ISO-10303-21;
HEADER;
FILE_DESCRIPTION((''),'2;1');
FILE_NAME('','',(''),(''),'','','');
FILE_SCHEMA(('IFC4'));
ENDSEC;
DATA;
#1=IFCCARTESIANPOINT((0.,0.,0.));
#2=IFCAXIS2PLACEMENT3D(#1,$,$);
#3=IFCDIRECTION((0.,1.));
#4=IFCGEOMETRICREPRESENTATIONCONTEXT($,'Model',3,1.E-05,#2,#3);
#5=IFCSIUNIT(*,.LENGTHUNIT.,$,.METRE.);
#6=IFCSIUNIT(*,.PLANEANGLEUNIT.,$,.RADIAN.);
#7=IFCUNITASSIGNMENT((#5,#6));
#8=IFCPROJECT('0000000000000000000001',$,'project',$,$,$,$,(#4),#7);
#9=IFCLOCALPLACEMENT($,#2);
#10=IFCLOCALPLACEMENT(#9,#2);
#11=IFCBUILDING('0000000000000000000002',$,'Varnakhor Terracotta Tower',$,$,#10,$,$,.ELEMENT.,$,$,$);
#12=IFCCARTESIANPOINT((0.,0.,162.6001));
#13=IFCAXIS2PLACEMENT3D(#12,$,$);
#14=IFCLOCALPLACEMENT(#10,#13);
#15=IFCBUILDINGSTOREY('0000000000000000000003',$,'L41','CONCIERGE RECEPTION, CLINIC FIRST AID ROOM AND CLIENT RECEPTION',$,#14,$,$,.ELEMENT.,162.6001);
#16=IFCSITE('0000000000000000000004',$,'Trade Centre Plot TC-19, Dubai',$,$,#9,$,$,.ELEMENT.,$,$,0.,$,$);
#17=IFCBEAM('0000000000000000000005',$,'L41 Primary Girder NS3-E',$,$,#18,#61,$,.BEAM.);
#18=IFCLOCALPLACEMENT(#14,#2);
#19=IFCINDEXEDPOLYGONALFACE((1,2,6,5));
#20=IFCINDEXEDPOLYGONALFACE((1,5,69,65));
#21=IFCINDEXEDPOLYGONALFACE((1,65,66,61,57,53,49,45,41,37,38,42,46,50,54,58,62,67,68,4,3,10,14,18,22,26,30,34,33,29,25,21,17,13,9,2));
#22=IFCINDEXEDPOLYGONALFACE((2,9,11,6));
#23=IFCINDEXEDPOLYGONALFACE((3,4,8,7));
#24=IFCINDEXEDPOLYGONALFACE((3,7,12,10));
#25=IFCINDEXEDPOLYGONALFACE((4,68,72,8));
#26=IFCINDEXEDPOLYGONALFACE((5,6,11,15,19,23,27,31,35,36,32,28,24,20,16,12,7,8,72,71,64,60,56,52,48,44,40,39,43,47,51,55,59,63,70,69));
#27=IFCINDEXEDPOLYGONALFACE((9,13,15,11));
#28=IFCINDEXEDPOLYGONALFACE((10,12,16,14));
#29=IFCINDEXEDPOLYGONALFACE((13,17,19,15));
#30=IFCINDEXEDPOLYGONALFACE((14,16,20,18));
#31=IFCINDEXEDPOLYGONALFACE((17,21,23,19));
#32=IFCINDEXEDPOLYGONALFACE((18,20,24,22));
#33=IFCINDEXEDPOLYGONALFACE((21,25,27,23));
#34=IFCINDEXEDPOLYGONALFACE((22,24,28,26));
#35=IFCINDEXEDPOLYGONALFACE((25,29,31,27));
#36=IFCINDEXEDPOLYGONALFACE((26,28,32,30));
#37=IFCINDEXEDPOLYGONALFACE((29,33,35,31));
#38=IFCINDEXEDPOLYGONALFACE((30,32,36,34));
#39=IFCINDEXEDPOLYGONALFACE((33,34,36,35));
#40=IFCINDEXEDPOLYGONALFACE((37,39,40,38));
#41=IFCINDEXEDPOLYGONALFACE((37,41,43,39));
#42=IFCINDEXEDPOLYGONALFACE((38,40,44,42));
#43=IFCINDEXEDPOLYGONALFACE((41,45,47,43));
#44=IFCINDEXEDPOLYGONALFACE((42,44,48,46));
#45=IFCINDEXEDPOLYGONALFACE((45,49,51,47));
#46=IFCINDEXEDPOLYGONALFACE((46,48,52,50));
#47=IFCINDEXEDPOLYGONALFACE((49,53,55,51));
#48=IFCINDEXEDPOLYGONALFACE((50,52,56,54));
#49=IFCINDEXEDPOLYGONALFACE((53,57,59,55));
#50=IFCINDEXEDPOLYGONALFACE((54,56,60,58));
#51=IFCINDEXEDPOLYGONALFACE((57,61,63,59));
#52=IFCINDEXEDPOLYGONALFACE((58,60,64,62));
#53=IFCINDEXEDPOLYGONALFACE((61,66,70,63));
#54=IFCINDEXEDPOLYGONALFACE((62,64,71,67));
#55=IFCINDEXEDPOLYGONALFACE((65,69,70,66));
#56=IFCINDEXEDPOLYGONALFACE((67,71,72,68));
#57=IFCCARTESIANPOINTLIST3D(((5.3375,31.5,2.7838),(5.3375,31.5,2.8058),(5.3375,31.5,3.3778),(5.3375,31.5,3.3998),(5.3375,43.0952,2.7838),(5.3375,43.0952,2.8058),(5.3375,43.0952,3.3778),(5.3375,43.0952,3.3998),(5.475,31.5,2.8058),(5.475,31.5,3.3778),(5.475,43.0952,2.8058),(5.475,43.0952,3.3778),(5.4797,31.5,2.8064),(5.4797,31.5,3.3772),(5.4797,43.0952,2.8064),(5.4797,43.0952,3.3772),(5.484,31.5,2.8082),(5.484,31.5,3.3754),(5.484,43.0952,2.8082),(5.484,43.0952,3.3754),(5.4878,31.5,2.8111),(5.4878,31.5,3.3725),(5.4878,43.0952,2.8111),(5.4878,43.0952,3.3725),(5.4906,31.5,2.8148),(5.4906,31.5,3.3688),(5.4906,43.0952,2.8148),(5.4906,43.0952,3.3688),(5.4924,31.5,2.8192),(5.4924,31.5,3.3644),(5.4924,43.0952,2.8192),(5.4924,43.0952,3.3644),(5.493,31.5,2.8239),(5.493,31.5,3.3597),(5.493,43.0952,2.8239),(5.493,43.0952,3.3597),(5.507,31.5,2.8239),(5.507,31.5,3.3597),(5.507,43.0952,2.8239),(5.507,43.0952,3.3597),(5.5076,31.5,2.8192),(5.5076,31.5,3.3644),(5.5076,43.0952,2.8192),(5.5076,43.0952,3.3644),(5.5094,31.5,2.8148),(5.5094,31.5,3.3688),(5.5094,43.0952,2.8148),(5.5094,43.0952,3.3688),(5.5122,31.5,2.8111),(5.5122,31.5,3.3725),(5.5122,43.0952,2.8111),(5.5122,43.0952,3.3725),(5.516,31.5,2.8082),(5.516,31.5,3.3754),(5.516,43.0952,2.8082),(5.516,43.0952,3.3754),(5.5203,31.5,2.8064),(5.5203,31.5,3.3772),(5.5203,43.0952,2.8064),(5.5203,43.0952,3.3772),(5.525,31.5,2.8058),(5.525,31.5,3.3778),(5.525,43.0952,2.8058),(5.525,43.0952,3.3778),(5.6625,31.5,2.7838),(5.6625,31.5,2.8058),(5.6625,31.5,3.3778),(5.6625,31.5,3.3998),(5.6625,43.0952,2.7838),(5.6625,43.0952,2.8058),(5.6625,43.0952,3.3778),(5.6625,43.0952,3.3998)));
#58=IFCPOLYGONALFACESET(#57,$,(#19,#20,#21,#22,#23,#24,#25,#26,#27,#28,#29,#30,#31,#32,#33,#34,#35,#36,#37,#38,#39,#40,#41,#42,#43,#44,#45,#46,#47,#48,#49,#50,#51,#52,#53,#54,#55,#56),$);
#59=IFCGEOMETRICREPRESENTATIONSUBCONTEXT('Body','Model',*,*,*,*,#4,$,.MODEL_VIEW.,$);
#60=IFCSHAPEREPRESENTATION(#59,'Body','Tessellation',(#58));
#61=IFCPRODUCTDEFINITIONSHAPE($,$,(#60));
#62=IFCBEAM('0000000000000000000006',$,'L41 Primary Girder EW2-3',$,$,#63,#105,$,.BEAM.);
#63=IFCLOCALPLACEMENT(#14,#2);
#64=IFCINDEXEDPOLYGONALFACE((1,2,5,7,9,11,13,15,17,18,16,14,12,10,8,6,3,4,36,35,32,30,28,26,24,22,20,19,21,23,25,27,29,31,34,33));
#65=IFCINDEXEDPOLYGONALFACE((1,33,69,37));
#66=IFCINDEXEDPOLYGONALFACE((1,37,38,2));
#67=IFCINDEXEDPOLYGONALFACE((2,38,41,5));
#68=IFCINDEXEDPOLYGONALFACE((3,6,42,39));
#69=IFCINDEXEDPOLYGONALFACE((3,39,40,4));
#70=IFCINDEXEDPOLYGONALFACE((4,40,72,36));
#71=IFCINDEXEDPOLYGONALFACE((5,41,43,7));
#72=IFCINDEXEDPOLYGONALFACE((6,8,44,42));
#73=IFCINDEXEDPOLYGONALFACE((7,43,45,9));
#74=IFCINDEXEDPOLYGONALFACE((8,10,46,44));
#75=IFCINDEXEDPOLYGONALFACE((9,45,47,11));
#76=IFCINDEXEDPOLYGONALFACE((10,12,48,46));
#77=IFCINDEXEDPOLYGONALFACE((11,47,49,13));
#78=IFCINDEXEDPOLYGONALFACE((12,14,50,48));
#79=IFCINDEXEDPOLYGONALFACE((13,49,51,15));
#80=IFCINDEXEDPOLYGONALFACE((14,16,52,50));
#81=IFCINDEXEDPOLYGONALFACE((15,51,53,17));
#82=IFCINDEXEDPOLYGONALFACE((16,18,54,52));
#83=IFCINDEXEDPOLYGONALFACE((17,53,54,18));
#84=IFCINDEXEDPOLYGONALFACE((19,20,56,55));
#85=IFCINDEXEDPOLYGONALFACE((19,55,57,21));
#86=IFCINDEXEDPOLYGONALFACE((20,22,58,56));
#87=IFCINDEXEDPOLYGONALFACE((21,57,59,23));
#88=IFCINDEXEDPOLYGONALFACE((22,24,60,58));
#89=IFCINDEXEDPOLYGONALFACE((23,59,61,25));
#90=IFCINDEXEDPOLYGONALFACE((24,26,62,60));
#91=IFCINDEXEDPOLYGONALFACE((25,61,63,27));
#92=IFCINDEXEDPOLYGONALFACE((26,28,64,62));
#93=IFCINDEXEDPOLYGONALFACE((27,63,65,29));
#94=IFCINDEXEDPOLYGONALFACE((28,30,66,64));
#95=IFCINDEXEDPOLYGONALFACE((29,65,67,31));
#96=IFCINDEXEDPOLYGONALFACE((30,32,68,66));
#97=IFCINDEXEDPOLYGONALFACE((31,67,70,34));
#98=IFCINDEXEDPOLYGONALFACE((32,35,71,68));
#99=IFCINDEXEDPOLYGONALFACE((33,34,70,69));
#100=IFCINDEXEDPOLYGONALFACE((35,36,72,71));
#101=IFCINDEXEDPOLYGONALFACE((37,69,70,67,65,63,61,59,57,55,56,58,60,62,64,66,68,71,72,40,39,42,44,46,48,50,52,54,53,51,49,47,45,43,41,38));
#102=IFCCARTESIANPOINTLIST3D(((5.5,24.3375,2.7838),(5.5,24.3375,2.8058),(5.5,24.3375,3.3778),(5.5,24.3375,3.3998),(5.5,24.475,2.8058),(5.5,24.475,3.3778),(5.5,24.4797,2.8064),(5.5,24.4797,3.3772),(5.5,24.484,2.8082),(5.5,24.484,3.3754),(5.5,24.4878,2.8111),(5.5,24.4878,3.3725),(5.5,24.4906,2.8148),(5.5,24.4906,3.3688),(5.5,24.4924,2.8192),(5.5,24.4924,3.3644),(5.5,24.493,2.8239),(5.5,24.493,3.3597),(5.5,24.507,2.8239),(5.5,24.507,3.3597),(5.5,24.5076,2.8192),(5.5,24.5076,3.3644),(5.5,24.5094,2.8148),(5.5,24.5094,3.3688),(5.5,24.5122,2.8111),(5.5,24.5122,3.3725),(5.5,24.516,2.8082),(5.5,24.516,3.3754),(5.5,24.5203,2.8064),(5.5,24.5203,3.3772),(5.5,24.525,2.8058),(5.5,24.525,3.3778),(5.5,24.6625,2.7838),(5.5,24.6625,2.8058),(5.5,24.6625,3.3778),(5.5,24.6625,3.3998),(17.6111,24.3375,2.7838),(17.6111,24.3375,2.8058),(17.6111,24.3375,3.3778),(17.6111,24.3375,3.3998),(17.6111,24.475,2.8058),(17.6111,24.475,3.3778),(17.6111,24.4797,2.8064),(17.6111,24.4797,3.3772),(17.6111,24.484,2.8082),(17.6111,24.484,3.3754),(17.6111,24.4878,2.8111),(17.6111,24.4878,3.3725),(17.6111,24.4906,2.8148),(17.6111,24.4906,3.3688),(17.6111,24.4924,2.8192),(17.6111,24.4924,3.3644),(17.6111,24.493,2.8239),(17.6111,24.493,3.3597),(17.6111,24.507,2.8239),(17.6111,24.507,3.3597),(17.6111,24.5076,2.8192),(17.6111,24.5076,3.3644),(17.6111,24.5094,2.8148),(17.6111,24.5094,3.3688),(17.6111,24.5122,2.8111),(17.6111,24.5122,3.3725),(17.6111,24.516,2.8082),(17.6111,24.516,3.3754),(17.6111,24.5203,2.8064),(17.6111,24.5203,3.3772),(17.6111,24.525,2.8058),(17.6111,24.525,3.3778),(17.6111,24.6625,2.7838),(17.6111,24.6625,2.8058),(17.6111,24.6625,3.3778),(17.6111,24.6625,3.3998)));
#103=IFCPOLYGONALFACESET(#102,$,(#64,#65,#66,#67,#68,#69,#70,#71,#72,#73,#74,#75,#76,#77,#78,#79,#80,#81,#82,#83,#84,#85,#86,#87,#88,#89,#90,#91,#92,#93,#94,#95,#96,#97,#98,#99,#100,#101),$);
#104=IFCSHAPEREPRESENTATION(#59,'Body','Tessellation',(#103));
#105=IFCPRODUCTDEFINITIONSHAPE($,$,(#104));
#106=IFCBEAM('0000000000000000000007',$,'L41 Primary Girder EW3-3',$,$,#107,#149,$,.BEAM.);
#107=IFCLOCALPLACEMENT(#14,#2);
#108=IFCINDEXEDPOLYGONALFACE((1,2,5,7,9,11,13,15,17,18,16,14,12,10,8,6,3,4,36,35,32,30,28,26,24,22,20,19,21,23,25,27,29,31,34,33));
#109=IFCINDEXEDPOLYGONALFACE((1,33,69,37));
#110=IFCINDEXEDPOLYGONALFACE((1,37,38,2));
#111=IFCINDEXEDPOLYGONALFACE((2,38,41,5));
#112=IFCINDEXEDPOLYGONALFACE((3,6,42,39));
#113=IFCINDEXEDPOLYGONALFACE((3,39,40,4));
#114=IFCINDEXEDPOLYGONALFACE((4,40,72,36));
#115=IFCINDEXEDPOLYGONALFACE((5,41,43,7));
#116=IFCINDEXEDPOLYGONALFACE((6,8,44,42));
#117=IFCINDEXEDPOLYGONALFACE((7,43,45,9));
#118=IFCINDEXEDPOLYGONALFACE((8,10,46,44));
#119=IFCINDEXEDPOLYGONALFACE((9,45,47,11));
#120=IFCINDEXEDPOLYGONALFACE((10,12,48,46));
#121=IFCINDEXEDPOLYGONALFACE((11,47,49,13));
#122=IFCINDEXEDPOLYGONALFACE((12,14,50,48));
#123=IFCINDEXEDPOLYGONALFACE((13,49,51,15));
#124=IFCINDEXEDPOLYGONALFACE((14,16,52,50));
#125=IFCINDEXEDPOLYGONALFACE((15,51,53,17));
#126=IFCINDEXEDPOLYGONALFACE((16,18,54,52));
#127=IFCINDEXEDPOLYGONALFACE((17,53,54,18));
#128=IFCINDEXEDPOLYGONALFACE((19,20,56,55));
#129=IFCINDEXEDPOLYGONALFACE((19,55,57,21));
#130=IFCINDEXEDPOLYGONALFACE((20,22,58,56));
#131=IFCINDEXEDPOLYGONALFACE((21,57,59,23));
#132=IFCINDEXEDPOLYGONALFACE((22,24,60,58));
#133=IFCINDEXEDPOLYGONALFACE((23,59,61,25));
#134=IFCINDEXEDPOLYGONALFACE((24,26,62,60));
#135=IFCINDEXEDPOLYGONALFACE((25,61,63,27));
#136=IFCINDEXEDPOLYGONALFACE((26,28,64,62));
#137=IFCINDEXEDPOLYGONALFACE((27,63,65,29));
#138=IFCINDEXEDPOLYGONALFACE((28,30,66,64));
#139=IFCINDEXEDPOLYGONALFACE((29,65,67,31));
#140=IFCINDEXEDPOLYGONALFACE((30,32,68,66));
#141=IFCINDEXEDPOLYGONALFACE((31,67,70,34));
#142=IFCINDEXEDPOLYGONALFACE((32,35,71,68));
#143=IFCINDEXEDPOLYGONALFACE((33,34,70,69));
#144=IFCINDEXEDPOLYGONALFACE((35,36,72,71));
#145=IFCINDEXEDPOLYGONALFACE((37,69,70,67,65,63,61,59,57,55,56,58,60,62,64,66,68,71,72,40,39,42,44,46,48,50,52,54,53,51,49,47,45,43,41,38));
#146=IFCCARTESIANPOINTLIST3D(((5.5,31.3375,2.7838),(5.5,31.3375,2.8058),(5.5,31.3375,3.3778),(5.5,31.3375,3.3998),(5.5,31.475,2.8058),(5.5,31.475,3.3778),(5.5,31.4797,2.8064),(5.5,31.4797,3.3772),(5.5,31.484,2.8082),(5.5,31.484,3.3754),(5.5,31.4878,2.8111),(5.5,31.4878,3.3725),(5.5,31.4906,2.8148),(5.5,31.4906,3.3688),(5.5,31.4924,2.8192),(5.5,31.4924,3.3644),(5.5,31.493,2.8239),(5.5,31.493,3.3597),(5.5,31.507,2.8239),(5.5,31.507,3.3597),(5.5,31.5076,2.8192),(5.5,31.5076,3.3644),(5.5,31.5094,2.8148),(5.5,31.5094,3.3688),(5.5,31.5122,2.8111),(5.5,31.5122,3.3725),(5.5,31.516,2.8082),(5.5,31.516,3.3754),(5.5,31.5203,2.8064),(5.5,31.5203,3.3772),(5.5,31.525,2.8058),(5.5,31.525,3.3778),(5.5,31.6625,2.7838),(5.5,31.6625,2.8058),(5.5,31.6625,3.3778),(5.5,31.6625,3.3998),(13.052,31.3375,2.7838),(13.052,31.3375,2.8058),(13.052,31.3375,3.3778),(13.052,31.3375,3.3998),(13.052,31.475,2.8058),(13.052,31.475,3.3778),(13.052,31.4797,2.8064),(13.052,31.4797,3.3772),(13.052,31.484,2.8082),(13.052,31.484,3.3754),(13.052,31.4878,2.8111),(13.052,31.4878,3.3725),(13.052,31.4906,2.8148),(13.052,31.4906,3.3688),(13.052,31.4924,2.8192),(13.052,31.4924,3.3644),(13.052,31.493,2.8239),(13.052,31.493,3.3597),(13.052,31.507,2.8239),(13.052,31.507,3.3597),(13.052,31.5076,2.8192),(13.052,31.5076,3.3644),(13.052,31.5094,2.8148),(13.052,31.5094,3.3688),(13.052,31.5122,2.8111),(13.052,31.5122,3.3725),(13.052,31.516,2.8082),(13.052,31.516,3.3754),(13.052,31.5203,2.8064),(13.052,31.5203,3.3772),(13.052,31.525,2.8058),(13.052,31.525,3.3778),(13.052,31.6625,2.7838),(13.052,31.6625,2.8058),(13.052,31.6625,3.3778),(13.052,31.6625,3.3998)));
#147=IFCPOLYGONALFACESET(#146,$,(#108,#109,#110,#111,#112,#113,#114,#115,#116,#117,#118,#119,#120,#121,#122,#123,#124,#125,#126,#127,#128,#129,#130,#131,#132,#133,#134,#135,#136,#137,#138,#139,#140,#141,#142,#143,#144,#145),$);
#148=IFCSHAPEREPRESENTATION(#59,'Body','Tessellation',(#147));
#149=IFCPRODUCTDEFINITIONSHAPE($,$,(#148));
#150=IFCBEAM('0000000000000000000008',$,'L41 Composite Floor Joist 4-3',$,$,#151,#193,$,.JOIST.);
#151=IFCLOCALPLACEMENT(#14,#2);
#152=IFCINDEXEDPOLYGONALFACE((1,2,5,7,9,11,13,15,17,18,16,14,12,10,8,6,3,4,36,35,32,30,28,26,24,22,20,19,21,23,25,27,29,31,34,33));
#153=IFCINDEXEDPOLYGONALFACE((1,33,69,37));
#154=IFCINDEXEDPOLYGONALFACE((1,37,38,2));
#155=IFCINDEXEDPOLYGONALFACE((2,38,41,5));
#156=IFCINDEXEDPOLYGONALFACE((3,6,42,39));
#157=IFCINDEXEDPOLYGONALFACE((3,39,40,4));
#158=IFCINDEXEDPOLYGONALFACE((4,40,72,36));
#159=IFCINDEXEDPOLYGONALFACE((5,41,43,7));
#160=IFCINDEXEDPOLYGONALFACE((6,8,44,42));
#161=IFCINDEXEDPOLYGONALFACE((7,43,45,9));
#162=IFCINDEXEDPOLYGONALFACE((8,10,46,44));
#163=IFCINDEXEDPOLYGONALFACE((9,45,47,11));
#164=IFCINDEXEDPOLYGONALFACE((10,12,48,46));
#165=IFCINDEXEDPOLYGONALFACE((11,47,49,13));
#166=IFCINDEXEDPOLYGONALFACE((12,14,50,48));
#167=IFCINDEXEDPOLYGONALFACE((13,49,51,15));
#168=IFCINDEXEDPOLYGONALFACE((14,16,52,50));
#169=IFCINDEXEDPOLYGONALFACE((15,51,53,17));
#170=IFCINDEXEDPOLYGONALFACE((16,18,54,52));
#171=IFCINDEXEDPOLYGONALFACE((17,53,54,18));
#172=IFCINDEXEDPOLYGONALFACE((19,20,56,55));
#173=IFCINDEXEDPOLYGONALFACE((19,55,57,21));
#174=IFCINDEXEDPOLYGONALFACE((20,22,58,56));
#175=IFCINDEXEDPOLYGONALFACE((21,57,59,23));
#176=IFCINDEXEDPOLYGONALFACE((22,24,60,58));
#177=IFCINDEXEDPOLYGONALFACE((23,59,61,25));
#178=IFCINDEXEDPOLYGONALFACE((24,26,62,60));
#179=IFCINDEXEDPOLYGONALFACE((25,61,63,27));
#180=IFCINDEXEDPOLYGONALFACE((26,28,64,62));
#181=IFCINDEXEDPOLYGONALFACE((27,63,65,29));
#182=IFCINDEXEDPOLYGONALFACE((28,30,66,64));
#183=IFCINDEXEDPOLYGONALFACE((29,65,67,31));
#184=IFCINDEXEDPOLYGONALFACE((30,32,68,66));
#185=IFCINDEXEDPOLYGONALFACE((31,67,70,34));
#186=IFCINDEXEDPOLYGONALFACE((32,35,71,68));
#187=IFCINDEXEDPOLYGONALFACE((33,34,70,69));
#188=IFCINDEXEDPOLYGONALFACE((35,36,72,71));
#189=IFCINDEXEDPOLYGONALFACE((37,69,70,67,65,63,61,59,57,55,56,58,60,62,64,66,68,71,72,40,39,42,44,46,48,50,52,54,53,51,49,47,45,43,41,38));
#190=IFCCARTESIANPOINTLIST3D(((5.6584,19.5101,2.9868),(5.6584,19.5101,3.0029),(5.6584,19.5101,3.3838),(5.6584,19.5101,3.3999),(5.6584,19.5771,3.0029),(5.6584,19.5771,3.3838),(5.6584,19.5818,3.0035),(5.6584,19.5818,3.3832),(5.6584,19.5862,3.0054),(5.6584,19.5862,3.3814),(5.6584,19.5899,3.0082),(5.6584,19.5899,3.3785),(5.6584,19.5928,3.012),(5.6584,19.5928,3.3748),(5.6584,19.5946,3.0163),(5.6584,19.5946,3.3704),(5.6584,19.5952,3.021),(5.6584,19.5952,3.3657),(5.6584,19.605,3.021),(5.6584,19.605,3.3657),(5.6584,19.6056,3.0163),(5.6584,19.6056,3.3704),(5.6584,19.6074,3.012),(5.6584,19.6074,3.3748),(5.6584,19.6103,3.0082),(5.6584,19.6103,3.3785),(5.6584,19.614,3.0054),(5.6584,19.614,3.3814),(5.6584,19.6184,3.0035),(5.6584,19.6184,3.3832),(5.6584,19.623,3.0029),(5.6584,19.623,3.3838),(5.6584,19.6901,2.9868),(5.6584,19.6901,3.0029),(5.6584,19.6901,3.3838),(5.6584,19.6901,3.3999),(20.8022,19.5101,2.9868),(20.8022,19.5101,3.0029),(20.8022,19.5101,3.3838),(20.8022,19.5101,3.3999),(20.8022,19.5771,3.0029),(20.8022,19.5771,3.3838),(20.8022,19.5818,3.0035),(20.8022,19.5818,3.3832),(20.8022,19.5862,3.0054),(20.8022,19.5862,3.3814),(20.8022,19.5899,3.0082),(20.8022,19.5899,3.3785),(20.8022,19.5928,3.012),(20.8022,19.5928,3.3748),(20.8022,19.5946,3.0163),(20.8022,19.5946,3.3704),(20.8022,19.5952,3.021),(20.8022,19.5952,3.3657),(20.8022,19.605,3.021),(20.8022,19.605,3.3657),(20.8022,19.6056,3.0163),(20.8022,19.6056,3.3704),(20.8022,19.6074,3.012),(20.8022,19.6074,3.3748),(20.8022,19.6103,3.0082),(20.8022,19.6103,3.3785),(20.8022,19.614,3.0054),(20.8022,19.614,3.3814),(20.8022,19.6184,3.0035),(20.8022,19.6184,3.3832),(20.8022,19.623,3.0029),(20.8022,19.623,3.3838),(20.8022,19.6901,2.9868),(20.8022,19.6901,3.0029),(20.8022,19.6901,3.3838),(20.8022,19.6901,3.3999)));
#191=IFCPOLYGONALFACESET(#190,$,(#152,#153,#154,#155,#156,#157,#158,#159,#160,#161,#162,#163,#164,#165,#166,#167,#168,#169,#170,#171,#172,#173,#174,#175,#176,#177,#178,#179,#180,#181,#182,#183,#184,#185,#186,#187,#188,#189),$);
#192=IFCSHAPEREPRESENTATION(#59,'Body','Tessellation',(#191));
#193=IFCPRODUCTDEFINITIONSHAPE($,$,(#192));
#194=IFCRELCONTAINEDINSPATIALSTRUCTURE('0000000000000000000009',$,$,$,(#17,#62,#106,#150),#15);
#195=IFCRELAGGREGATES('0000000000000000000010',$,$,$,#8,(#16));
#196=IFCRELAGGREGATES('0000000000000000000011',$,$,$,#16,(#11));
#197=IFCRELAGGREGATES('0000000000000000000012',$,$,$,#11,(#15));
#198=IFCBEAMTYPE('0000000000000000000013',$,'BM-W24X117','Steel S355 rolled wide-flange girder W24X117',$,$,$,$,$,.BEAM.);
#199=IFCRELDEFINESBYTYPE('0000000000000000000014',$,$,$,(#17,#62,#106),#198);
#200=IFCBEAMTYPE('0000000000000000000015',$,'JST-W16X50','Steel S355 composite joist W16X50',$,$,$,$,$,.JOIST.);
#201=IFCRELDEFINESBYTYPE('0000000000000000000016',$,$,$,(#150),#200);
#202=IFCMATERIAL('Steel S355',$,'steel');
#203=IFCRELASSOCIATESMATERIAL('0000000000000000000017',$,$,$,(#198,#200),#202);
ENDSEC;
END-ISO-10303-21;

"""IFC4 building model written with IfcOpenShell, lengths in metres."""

from ifc_helpers import new_model, si_unit, direction, frame, origin, origin_2d, place, context, subcontext, project, spatial, i_section, extrude, source, transform, mapped, material, material_profile, profile_set, type_object, element, save


model = new_model("IFC4")

# Units and contexts
model_context = context("Model", 3, precision=1e-05, world=origin(), true_north=direction((0.0, 1.0)))
body_context = subcontext(model_context, "Body", "Model", "MODEL_VIEW")
ifc_project = project(units=[si_unit("LENGTHUNIT", "METRE"), si_unit("PLANEANGLEUNIT", "RADIAN")], contexts=[model_context])

# Site, building, storey
site_placement = place(None, origin())
site = spatial("IfcSite", under=ifc_project, at=site_placement, Name="Trade Centre Plot TC-19, Dubai", CompositionType="ELEMENT", RefElevation=0.0)
building_placement = place(site_placement, origin())
building = spatial("IfcBuilding", under=site, at=building_placement, Name="Varnakhor Terracotta Tower", CompositionType="ELEMENT")
storey_placement = place(building_placement, frame((0.0, 0.0, 162.6001)))
storey = spatial("IfcBuildingStorey", under=building, at=storey_placement, Name="L41", Description="CONCIERGE RECEPTION, CLINIC FIRST AID ROOM AND CLIENT RECEPTION", CompositionType="ELEMENT", Elevation=162.6001)

# Beams
ifc_material_1 = material(Name="Steel S355", Category="steel")
ifc_material_profile_1 = material_profile(ifc_material_1, i_section(OverallWidth=0.325, OverallDepth=0.616, WebThickness=0.0139, FlangeThickness=0.022, FilletRadius=0.0181, at=origin_2d()), Name="W24X117")
ifc_profile_set_1 = profile_set([ifc_material_profile_1], Name="Steel S355")
beam_type_1 = type_object("IfcBeamType", Name="BM-W24X117", Description="Steel S355 rolled wide-flange girder W24X117", PredefinedType="BEAM", material=ifc_profile_set_1)
shared_shape_1 = source(origin(), body_context, "Body", "SweptSolid", [
    extrude(i_section(OverallWidth=0.325, OverallDepth=0.616, WebThickness=0.0139, FlangeThickness=0.022, FilletRadius=0.0181, at=origin_2d()), origin(), (0.0, 0.0, 1.0), 11.5952),
])
beam_1_placement = place(storey_placement, frame((5.5, 31.5, 3.0918), z_axis=(0.0, 1.0, 0.0), x_axis=(-1.0, 0.0, 0.0)))
element("IfcBeam", 1, at=beam_1_placement, inside=storey, type_object=beam_type_1, Name="L41 Primary Girder NS3-E", PredefinedType="BEAM", context=body_context, shape_type="MappedRepresentation", body=[
    mapped(shared_shape_1, transform((0.0, 0.0, 0.0), scale=1.0)),
])
shared_shape_2 = source(origin(), body_context, "Body", "SweptSolid", [
    extrude(i_section(OverallWidth=0.325, OverallDepth=0.616, WebThickness=0.0139, FlangeThickness=0.022, FilletRadius=0.0181, at=origin_2d()), origin(), (0.0, 0.0, 1.0), 12.1111),
])
beam_2_placement = place(storey_placement, frame((5.5, 24.5, 3.0918), z_axis=(1.0, 0.0, 0.0), x_axis=(0.0, 1.0, 0.0)))
element("IfcBeam", 2, at=beam_2_placement, inside=storey, type_object=beam_type_1, Name="L41 Primary Girder EW2-3", PredefinedType="BEAM", context=body_context, shape_type="MappedRepresentation", body=[
    mapped(shared_shape_2, transform((0.0, 0.0, 0.0), scale=1.0)),
])
shared_shape_3 = source(origin(), body_context, "Body", "SweptSolid", [
    extrude(i_section(OverallWidth=0.325, OverallDepth=0.616, WebThickness=0.0139, FlangeThickness=0.022, FilletRadius=0.0181, at=origin_2d()), origin(), (0.0, 0.0, 1.0), 7.552),
])
beam_3_placement = place(storey_placement, frame((5.5, 31.5, 3.0918), z_axis=(1.0, 0.0, 0.0), x_axis=(0.0, 1.0, 0.0)))
element("IfcBeam", 3, at=beam_3_placement, inside=storey, type_object=beam_type_1, Name="L41 Primary Girder EW3-3", PredefinedType="BEAM", context=body_context, shape_type="MappedRepresentation", body=[
    mapped(shared_shape_3, transform((0.0, 0.0, 0.0), scale=1.0)),
])
ifc_material_profile_2 = material_profile(ifc_material_1, i_section(OverallWidth=0.1799, OverallDepth=0.4131, WebThickness=0.0098, FlangeThickness=0.0161, FilletRadius=0.0181, at=origin_2d()), Name="W16X50")
ifc_profile_set_2 = profile_set([ifc_material_profile_2], Name="Steel S355")
beam_type_2 = type_object("IfcBeamType", Name="JST-W16X50", Description="Steel S355 composite joist W16X50", PredefinedType="JOIST", material=ifc_profile_set_2)
shared_shape_4 = source(origin(), body_context, "Body", "SweptSolid", [
    extrude(i_section(OverallWidth=0.1799, OverallDepth=0.4131, WebThickness=0.0098, FlangeThickness=0.0161, FilletRadius=0.0181, at=origin_2d()), origin(), (0.0, 0.0, 1.0), 15.1438),
])
beam_4_placement = place(storey_placement, frame((5.6584, 19.6001, 3.1934), z_axis=(1.0, 0.0, 0.0), x_axis=(0.0, 1.0, 0.0)))
element("IfcBeam", 4, at=beam_4_placement, inside=storey, type_object=beam_type_2, Name="L41 Composite Floor Joist 4-3", PredefinedType="JOIST", context=body_context, shape_type="MappedRepresentation", body=[
    mapped(shared_shape_4, transform((0.0, 0.0, 0.0), scale=1.0)),
])

save(model, "model.ifc")
